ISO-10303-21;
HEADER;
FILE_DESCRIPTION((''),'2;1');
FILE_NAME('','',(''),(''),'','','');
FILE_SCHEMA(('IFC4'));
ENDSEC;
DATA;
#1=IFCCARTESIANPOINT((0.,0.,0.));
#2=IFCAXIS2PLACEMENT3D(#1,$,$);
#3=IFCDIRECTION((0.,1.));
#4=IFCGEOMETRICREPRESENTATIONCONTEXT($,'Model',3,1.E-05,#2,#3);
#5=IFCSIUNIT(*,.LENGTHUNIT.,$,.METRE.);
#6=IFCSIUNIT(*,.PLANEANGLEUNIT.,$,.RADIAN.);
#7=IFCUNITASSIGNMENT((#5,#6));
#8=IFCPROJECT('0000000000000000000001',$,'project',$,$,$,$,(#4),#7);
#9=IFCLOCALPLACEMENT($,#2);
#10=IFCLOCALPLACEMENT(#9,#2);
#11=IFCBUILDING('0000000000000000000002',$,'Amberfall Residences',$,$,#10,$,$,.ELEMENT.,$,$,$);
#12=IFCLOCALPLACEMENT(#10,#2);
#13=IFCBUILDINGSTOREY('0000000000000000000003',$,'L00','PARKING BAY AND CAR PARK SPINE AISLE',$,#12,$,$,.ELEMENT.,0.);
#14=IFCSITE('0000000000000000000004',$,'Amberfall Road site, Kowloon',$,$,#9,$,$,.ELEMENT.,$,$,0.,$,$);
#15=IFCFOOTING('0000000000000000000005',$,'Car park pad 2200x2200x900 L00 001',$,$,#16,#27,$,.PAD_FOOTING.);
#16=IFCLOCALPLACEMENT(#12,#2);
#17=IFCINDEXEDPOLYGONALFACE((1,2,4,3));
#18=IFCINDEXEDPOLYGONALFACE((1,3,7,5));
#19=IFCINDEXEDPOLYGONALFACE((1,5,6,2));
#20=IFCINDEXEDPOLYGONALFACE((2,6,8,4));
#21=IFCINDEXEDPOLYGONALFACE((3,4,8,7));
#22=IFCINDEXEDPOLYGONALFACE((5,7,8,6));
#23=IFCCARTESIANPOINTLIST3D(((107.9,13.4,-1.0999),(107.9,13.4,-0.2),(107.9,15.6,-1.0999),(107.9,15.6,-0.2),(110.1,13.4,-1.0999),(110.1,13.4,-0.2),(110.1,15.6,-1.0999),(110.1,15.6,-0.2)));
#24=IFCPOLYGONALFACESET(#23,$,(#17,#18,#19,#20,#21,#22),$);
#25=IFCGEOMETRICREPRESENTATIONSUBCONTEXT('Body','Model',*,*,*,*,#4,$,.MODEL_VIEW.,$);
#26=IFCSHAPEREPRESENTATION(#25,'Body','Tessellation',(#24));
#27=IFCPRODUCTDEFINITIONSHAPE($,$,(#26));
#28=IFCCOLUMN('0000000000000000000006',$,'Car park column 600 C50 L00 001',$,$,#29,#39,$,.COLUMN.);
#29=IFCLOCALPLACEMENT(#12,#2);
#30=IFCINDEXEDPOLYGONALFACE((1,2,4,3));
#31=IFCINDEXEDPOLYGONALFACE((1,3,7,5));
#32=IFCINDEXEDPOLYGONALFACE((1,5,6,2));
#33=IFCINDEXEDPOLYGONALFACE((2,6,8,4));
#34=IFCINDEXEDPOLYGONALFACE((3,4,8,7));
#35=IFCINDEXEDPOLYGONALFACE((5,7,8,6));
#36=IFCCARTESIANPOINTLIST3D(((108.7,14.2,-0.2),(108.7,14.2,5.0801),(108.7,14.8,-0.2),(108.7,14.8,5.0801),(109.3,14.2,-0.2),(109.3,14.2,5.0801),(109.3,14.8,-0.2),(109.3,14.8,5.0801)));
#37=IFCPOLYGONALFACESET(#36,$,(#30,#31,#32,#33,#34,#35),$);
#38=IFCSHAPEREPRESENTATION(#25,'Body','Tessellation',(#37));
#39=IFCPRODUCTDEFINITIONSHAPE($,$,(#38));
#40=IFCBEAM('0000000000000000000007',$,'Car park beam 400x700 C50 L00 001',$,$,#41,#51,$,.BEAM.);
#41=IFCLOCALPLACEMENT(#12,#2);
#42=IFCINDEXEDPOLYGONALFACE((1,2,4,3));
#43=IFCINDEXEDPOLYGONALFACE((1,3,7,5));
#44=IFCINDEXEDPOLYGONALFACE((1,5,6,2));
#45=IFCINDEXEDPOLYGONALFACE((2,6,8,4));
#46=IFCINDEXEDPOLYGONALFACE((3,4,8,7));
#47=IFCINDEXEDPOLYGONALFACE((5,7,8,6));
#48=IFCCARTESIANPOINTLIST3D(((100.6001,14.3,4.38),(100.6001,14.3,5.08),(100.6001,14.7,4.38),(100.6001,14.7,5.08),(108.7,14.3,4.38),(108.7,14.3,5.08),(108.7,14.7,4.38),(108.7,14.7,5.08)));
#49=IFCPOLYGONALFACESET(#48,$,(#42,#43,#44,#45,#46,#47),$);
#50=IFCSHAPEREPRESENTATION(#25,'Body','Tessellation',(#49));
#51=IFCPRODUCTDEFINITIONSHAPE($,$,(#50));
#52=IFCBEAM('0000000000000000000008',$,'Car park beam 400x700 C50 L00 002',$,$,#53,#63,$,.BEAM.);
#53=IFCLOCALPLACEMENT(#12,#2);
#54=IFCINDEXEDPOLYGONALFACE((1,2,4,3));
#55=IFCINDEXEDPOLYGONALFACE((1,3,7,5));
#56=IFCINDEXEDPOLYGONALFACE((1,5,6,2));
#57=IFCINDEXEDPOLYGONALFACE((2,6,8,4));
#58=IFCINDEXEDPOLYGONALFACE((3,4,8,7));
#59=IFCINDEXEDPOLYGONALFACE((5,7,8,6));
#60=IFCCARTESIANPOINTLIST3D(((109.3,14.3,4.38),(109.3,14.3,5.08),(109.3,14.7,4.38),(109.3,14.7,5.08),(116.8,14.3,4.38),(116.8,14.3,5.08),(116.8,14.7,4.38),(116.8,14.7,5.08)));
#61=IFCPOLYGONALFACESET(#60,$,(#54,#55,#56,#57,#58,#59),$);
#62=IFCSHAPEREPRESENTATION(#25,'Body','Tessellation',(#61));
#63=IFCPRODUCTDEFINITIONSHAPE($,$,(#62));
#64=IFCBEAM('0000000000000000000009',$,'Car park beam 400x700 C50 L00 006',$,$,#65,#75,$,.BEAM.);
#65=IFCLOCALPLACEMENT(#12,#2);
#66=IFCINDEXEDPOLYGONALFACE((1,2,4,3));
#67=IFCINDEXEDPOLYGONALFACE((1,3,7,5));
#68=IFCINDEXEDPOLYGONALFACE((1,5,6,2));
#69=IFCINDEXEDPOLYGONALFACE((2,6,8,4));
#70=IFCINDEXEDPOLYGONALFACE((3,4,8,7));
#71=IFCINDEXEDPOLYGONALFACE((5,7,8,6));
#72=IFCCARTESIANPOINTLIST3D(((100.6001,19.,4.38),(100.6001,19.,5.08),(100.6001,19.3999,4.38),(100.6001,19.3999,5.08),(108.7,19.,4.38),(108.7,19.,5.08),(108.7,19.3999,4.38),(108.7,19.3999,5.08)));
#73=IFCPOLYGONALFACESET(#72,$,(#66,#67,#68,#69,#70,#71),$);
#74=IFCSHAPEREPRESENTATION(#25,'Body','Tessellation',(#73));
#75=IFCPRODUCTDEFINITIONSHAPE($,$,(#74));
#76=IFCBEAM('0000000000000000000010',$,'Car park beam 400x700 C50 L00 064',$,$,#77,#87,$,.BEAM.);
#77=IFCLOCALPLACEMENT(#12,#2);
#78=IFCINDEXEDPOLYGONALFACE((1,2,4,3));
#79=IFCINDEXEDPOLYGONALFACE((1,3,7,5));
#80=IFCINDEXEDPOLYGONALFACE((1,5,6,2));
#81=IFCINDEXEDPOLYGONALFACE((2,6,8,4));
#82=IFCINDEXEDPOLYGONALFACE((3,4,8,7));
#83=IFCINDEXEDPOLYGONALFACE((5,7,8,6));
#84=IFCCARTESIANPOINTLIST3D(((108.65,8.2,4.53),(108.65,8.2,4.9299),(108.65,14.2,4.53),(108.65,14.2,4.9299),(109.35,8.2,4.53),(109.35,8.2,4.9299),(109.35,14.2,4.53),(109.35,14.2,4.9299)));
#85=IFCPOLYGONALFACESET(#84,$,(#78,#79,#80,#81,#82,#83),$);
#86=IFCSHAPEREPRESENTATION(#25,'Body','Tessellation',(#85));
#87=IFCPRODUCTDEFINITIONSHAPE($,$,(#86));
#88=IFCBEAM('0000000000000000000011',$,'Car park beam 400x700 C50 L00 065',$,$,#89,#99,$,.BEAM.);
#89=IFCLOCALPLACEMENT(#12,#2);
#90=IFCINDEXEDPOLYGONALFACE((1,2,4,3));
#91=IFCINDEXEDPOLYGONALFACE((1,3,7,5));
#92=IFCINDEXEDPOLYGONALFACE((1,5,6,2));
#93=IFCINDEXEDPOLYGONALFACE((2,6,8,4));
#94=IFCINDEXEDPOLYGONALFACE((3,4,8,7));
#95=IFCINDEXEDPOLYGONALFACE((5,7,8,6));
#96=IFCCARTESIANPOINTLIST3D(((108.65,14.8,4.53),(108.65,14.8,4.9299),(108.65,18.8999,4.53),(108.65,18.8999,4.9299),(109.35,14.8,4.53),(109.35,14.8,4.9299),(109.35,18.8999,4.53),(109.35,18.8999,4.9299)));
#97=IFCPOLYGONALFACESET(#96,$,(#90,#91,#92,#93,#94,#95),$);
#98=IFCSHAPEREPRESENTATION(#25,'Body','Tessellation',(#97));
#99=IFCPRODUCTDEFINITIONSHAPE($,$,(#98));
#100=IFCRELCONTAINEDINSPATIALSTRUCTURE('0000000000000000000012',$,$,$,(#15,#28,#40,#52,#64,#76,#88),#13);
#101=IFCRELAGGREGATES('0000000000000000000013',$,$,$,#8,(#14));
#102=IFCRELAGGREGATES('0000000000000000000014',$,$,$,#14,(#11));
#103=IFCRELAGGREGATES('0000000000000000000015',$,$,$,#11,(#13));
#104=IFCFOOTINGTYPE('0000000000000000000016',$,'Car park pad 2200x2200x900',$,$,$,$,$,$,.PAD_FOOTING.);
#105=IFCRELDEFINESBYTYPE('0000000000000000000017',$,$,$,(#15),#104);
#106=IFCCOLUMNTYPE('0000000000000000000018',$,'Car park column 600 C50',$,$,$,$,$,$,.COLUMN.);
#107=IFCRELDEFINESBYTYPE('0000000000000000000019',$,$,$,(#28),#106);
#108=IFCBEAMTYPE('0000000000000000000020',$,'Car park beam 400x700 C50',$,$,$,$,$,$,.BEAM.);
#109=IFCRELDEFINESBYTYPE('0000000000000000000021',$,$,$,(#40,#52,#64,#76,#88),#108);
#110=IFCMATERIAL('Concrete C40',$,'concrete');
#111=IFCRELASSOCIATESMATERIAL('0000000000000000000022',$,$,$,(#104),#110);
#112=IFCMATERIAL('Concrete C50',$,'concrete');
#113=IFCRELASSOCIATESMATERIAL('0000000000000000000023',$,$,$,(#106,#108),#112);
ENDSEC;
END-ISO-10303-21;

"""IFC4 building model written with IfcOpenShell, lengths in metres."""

from ifc_helpers import new_model, si_unit, direction, frame, origin, origin_2d, place, context, subcontext, project, spatial, rectangle, extrude, material, material_profile, profile_set, type_object, element, save


model = new_model("IFC4")

# Units and contexts
model_context = context("Model", 3, precision=1e-05, world=origin(), true_north=direction((0.0, 1.0)))
body_context = subcontext(model_context, "Body", "Model", "MODEL_VIEW")
ifc_project = project(units=[si_unit("LENGTHUNIT", "METRE"), si_unit("PLANEANGLEUNIT", "RADIAN")], contexts=[model_context])

# Site, building, storey
site_placement = place(None, origin())
site = spatial("IfcSite", under=ifc_project, at=site_placement, Name="Amberfall Road site, Kowloon", CompositionType="ELEMENT", RefElevation=0.0)
building_placement = place(site_placement, origin())
building = spatial("IfcBuilding", under=site, at=building_placement, Name="Amberfall Residences", CompositionType="ELEMENT")
storey_placement = place(building_placement, origin())
storey = spatial("IfcBuildingStorey", under=building, at=storey_placement, Name="L00", Description="PARKING BAY AND CAR PARK SPINE AISLE", CompositionType="ELEMENT", Elevation=0.0)

# Footing
ifc_material_1 = material(Name="Concrete C40", Category="concrete")
footing_type = type_object("IfcFootingType", Name="Car park pad 2200x2200x900", PredefinedType="PAD_FOOTING", material=ifc_material_1)
footing_placement = place(storey_placement, frame((109.0, 14.5, -1.0999), z_axis=(0.0, 0.0, 1.0), x_axis=(1.0, 0.0, 0.0)))
element("IfcFooting", 1, at=footing_placement, inside=storey, type_object=footing_type, Name="Car park pad 2200x2200x900 L00 001", PredefinedType="PAD_FOOTING", context=body_context, shape_type="SweptSolid", body=[
    extrude(rectangle(XDim=2.2, YDim=2.2, at=origin_2d()), origin(), (0.0, 0.0, 1.0), 0.8999),
])

# Column
ifc_material_2 = material(Name="Concrete C50", Category="concrete")
ifc_material_profile_1 = material_profile(ifc_material_2, rectangle(XDim=0.6001, YDim=0.6001, at=origin_2d()), Name="RC 600x600")
ifc_profile_set_1 = profile_set([ifc_material_profile_1], Name="Concrete C50")
column_type = type_object("IfcColumnType", Name="Car park column 600 C50", PredefinedType="COLUMN", material=ifc_profile_set_1)
column_placement = place(storey_placement, frame((109.0, 14.5, -0.2), z_axis=(0.0, 0.0, 1.0), x_axis=(1.0, 0.0, 0.0)))
element("IfcColumn", 2, at=column_placement, inside=storey, type_object=column_type, Name="Car park column 600 C50 L00 001", PredefinedType="COLUMN", context=body_context, shape_type="SweptSolid", body=[
    extrude(rectangle(XDim=0.6001, YDim=0.6001, at=origin_2d()), origin(), (0.0, 0.0, 1.0), 5.28),
])

# Beams
ifc_material_profile_2 = material_profile(ifc_material_2, rectangle(XDim=0.3999, YDim=0.7, at=origin_2d()), Name="RC 400x700")
ifc_profile_set_2 = profile_set([ifc_material_profile_2], Name="Concrete C50")
beam_type = type_object("IfcBeamType", Name="Car park beam 400x700 C50", PredefinedType="BEAM", material=ifc_profile_set_2)
beam_1_placement = place(storey_placement, frame((100.6001, 14.5, 4.73), z_axis=(1.0, 0.0, 0.0), x_axis=(0.0, 1.0, 0.0)))
element("IfcBeam", 3, at=beam_1_placement, inside=storey, type_object=beam_type, Name="Car park beam 400x700 C50 L00 001", PredefinedType="BEAM", context=body_context, shape_type="SweptSolid", body=[
    extrude(rectangle(XDim=0.3999, YDim=0.7, at=origin_2d()), origin(), (0.0, 0.0, 1.0), 8.0999),
])
beam_2_placement = place(storey_placement, frame((109.3, 14.5, 4.73), z_axis=(1.0, 0.0, 0.0), x_axis=(0.0, 1.0, 0.0)))
element("IfcBeam", 4, at=beam_2_placement, inside=storey, type_object=beam_type, Name="Car park beam 400x700 C50 L00 002", PredefinedType="BEAM", context=body_context, shape_type="SweptSolid", body=[
    extrude(rectangle(XDim=0.3999, YDim=0.7, at=origin_2d()), origin(), (0.0, 0.0, 1.0), 7.5),
])
beam_3_placement = place(storey_placement, frame((100.6001, 19.2, 4.73), z_axis=(1.0, 0.0, 0.0), x_axis=(0.0, 1.0, 0.0)))
element("IfcBeam", 5, at=beam_3_placement, inside=storey, type_object=beam_type, Name="Car park beam 400x700 C50 L00 006", PredefinedType="BEAM", context=body_context, shape_type="SweptSolid", body=[
    extrude(rectangle(XDim=0.3999, YDim=0.7, at=origin_2d()), origin(), (0.0, 0.0, 1.0), 8.0999),
])
beam_4_placement = place(storey_placement, frame((109.0, 8.2, 4.73), z_axis=(0.0, 1.0, 0.0), x_axis=(0.0, 0.0, 1.0)))
element("IfcBeam", 6, at=beam_4_placement, inside=storey, type_object=beam_type, Name="Car park beam 400x700 C50 L00 064", PredefinedType="BEAM", context=body_context, shape_type="SweptSolid", body=[
    extrude(rectangle(XDim=0.3999, YDim=0.7, at=origin_2d()), origin(), (0.0, 0.0, 1.0), 6.0),
])
beam_5_placement = place(storey_placement, frame((109.0, 14.8, 4.73), z_axis=(0.0, 1.0, 0.0), x_axis=(0.0, 0.0, 1.0)))
element("IfcBeam", 7, at=beam_5_placement, inside=storey, type_object=beam_type, Name="Car park beam 400x700 C50 L00 065", PredefinedType="BEAM", context=body_context, shape_type="SweptSolid", body=[
    extrude(rectangle(XDim=0.3999, YDim=0.7, at=origin_2d()), origin(), (0.0, 0.0, 1.0), 4.0999),
])

save(model, "model.ifc")
